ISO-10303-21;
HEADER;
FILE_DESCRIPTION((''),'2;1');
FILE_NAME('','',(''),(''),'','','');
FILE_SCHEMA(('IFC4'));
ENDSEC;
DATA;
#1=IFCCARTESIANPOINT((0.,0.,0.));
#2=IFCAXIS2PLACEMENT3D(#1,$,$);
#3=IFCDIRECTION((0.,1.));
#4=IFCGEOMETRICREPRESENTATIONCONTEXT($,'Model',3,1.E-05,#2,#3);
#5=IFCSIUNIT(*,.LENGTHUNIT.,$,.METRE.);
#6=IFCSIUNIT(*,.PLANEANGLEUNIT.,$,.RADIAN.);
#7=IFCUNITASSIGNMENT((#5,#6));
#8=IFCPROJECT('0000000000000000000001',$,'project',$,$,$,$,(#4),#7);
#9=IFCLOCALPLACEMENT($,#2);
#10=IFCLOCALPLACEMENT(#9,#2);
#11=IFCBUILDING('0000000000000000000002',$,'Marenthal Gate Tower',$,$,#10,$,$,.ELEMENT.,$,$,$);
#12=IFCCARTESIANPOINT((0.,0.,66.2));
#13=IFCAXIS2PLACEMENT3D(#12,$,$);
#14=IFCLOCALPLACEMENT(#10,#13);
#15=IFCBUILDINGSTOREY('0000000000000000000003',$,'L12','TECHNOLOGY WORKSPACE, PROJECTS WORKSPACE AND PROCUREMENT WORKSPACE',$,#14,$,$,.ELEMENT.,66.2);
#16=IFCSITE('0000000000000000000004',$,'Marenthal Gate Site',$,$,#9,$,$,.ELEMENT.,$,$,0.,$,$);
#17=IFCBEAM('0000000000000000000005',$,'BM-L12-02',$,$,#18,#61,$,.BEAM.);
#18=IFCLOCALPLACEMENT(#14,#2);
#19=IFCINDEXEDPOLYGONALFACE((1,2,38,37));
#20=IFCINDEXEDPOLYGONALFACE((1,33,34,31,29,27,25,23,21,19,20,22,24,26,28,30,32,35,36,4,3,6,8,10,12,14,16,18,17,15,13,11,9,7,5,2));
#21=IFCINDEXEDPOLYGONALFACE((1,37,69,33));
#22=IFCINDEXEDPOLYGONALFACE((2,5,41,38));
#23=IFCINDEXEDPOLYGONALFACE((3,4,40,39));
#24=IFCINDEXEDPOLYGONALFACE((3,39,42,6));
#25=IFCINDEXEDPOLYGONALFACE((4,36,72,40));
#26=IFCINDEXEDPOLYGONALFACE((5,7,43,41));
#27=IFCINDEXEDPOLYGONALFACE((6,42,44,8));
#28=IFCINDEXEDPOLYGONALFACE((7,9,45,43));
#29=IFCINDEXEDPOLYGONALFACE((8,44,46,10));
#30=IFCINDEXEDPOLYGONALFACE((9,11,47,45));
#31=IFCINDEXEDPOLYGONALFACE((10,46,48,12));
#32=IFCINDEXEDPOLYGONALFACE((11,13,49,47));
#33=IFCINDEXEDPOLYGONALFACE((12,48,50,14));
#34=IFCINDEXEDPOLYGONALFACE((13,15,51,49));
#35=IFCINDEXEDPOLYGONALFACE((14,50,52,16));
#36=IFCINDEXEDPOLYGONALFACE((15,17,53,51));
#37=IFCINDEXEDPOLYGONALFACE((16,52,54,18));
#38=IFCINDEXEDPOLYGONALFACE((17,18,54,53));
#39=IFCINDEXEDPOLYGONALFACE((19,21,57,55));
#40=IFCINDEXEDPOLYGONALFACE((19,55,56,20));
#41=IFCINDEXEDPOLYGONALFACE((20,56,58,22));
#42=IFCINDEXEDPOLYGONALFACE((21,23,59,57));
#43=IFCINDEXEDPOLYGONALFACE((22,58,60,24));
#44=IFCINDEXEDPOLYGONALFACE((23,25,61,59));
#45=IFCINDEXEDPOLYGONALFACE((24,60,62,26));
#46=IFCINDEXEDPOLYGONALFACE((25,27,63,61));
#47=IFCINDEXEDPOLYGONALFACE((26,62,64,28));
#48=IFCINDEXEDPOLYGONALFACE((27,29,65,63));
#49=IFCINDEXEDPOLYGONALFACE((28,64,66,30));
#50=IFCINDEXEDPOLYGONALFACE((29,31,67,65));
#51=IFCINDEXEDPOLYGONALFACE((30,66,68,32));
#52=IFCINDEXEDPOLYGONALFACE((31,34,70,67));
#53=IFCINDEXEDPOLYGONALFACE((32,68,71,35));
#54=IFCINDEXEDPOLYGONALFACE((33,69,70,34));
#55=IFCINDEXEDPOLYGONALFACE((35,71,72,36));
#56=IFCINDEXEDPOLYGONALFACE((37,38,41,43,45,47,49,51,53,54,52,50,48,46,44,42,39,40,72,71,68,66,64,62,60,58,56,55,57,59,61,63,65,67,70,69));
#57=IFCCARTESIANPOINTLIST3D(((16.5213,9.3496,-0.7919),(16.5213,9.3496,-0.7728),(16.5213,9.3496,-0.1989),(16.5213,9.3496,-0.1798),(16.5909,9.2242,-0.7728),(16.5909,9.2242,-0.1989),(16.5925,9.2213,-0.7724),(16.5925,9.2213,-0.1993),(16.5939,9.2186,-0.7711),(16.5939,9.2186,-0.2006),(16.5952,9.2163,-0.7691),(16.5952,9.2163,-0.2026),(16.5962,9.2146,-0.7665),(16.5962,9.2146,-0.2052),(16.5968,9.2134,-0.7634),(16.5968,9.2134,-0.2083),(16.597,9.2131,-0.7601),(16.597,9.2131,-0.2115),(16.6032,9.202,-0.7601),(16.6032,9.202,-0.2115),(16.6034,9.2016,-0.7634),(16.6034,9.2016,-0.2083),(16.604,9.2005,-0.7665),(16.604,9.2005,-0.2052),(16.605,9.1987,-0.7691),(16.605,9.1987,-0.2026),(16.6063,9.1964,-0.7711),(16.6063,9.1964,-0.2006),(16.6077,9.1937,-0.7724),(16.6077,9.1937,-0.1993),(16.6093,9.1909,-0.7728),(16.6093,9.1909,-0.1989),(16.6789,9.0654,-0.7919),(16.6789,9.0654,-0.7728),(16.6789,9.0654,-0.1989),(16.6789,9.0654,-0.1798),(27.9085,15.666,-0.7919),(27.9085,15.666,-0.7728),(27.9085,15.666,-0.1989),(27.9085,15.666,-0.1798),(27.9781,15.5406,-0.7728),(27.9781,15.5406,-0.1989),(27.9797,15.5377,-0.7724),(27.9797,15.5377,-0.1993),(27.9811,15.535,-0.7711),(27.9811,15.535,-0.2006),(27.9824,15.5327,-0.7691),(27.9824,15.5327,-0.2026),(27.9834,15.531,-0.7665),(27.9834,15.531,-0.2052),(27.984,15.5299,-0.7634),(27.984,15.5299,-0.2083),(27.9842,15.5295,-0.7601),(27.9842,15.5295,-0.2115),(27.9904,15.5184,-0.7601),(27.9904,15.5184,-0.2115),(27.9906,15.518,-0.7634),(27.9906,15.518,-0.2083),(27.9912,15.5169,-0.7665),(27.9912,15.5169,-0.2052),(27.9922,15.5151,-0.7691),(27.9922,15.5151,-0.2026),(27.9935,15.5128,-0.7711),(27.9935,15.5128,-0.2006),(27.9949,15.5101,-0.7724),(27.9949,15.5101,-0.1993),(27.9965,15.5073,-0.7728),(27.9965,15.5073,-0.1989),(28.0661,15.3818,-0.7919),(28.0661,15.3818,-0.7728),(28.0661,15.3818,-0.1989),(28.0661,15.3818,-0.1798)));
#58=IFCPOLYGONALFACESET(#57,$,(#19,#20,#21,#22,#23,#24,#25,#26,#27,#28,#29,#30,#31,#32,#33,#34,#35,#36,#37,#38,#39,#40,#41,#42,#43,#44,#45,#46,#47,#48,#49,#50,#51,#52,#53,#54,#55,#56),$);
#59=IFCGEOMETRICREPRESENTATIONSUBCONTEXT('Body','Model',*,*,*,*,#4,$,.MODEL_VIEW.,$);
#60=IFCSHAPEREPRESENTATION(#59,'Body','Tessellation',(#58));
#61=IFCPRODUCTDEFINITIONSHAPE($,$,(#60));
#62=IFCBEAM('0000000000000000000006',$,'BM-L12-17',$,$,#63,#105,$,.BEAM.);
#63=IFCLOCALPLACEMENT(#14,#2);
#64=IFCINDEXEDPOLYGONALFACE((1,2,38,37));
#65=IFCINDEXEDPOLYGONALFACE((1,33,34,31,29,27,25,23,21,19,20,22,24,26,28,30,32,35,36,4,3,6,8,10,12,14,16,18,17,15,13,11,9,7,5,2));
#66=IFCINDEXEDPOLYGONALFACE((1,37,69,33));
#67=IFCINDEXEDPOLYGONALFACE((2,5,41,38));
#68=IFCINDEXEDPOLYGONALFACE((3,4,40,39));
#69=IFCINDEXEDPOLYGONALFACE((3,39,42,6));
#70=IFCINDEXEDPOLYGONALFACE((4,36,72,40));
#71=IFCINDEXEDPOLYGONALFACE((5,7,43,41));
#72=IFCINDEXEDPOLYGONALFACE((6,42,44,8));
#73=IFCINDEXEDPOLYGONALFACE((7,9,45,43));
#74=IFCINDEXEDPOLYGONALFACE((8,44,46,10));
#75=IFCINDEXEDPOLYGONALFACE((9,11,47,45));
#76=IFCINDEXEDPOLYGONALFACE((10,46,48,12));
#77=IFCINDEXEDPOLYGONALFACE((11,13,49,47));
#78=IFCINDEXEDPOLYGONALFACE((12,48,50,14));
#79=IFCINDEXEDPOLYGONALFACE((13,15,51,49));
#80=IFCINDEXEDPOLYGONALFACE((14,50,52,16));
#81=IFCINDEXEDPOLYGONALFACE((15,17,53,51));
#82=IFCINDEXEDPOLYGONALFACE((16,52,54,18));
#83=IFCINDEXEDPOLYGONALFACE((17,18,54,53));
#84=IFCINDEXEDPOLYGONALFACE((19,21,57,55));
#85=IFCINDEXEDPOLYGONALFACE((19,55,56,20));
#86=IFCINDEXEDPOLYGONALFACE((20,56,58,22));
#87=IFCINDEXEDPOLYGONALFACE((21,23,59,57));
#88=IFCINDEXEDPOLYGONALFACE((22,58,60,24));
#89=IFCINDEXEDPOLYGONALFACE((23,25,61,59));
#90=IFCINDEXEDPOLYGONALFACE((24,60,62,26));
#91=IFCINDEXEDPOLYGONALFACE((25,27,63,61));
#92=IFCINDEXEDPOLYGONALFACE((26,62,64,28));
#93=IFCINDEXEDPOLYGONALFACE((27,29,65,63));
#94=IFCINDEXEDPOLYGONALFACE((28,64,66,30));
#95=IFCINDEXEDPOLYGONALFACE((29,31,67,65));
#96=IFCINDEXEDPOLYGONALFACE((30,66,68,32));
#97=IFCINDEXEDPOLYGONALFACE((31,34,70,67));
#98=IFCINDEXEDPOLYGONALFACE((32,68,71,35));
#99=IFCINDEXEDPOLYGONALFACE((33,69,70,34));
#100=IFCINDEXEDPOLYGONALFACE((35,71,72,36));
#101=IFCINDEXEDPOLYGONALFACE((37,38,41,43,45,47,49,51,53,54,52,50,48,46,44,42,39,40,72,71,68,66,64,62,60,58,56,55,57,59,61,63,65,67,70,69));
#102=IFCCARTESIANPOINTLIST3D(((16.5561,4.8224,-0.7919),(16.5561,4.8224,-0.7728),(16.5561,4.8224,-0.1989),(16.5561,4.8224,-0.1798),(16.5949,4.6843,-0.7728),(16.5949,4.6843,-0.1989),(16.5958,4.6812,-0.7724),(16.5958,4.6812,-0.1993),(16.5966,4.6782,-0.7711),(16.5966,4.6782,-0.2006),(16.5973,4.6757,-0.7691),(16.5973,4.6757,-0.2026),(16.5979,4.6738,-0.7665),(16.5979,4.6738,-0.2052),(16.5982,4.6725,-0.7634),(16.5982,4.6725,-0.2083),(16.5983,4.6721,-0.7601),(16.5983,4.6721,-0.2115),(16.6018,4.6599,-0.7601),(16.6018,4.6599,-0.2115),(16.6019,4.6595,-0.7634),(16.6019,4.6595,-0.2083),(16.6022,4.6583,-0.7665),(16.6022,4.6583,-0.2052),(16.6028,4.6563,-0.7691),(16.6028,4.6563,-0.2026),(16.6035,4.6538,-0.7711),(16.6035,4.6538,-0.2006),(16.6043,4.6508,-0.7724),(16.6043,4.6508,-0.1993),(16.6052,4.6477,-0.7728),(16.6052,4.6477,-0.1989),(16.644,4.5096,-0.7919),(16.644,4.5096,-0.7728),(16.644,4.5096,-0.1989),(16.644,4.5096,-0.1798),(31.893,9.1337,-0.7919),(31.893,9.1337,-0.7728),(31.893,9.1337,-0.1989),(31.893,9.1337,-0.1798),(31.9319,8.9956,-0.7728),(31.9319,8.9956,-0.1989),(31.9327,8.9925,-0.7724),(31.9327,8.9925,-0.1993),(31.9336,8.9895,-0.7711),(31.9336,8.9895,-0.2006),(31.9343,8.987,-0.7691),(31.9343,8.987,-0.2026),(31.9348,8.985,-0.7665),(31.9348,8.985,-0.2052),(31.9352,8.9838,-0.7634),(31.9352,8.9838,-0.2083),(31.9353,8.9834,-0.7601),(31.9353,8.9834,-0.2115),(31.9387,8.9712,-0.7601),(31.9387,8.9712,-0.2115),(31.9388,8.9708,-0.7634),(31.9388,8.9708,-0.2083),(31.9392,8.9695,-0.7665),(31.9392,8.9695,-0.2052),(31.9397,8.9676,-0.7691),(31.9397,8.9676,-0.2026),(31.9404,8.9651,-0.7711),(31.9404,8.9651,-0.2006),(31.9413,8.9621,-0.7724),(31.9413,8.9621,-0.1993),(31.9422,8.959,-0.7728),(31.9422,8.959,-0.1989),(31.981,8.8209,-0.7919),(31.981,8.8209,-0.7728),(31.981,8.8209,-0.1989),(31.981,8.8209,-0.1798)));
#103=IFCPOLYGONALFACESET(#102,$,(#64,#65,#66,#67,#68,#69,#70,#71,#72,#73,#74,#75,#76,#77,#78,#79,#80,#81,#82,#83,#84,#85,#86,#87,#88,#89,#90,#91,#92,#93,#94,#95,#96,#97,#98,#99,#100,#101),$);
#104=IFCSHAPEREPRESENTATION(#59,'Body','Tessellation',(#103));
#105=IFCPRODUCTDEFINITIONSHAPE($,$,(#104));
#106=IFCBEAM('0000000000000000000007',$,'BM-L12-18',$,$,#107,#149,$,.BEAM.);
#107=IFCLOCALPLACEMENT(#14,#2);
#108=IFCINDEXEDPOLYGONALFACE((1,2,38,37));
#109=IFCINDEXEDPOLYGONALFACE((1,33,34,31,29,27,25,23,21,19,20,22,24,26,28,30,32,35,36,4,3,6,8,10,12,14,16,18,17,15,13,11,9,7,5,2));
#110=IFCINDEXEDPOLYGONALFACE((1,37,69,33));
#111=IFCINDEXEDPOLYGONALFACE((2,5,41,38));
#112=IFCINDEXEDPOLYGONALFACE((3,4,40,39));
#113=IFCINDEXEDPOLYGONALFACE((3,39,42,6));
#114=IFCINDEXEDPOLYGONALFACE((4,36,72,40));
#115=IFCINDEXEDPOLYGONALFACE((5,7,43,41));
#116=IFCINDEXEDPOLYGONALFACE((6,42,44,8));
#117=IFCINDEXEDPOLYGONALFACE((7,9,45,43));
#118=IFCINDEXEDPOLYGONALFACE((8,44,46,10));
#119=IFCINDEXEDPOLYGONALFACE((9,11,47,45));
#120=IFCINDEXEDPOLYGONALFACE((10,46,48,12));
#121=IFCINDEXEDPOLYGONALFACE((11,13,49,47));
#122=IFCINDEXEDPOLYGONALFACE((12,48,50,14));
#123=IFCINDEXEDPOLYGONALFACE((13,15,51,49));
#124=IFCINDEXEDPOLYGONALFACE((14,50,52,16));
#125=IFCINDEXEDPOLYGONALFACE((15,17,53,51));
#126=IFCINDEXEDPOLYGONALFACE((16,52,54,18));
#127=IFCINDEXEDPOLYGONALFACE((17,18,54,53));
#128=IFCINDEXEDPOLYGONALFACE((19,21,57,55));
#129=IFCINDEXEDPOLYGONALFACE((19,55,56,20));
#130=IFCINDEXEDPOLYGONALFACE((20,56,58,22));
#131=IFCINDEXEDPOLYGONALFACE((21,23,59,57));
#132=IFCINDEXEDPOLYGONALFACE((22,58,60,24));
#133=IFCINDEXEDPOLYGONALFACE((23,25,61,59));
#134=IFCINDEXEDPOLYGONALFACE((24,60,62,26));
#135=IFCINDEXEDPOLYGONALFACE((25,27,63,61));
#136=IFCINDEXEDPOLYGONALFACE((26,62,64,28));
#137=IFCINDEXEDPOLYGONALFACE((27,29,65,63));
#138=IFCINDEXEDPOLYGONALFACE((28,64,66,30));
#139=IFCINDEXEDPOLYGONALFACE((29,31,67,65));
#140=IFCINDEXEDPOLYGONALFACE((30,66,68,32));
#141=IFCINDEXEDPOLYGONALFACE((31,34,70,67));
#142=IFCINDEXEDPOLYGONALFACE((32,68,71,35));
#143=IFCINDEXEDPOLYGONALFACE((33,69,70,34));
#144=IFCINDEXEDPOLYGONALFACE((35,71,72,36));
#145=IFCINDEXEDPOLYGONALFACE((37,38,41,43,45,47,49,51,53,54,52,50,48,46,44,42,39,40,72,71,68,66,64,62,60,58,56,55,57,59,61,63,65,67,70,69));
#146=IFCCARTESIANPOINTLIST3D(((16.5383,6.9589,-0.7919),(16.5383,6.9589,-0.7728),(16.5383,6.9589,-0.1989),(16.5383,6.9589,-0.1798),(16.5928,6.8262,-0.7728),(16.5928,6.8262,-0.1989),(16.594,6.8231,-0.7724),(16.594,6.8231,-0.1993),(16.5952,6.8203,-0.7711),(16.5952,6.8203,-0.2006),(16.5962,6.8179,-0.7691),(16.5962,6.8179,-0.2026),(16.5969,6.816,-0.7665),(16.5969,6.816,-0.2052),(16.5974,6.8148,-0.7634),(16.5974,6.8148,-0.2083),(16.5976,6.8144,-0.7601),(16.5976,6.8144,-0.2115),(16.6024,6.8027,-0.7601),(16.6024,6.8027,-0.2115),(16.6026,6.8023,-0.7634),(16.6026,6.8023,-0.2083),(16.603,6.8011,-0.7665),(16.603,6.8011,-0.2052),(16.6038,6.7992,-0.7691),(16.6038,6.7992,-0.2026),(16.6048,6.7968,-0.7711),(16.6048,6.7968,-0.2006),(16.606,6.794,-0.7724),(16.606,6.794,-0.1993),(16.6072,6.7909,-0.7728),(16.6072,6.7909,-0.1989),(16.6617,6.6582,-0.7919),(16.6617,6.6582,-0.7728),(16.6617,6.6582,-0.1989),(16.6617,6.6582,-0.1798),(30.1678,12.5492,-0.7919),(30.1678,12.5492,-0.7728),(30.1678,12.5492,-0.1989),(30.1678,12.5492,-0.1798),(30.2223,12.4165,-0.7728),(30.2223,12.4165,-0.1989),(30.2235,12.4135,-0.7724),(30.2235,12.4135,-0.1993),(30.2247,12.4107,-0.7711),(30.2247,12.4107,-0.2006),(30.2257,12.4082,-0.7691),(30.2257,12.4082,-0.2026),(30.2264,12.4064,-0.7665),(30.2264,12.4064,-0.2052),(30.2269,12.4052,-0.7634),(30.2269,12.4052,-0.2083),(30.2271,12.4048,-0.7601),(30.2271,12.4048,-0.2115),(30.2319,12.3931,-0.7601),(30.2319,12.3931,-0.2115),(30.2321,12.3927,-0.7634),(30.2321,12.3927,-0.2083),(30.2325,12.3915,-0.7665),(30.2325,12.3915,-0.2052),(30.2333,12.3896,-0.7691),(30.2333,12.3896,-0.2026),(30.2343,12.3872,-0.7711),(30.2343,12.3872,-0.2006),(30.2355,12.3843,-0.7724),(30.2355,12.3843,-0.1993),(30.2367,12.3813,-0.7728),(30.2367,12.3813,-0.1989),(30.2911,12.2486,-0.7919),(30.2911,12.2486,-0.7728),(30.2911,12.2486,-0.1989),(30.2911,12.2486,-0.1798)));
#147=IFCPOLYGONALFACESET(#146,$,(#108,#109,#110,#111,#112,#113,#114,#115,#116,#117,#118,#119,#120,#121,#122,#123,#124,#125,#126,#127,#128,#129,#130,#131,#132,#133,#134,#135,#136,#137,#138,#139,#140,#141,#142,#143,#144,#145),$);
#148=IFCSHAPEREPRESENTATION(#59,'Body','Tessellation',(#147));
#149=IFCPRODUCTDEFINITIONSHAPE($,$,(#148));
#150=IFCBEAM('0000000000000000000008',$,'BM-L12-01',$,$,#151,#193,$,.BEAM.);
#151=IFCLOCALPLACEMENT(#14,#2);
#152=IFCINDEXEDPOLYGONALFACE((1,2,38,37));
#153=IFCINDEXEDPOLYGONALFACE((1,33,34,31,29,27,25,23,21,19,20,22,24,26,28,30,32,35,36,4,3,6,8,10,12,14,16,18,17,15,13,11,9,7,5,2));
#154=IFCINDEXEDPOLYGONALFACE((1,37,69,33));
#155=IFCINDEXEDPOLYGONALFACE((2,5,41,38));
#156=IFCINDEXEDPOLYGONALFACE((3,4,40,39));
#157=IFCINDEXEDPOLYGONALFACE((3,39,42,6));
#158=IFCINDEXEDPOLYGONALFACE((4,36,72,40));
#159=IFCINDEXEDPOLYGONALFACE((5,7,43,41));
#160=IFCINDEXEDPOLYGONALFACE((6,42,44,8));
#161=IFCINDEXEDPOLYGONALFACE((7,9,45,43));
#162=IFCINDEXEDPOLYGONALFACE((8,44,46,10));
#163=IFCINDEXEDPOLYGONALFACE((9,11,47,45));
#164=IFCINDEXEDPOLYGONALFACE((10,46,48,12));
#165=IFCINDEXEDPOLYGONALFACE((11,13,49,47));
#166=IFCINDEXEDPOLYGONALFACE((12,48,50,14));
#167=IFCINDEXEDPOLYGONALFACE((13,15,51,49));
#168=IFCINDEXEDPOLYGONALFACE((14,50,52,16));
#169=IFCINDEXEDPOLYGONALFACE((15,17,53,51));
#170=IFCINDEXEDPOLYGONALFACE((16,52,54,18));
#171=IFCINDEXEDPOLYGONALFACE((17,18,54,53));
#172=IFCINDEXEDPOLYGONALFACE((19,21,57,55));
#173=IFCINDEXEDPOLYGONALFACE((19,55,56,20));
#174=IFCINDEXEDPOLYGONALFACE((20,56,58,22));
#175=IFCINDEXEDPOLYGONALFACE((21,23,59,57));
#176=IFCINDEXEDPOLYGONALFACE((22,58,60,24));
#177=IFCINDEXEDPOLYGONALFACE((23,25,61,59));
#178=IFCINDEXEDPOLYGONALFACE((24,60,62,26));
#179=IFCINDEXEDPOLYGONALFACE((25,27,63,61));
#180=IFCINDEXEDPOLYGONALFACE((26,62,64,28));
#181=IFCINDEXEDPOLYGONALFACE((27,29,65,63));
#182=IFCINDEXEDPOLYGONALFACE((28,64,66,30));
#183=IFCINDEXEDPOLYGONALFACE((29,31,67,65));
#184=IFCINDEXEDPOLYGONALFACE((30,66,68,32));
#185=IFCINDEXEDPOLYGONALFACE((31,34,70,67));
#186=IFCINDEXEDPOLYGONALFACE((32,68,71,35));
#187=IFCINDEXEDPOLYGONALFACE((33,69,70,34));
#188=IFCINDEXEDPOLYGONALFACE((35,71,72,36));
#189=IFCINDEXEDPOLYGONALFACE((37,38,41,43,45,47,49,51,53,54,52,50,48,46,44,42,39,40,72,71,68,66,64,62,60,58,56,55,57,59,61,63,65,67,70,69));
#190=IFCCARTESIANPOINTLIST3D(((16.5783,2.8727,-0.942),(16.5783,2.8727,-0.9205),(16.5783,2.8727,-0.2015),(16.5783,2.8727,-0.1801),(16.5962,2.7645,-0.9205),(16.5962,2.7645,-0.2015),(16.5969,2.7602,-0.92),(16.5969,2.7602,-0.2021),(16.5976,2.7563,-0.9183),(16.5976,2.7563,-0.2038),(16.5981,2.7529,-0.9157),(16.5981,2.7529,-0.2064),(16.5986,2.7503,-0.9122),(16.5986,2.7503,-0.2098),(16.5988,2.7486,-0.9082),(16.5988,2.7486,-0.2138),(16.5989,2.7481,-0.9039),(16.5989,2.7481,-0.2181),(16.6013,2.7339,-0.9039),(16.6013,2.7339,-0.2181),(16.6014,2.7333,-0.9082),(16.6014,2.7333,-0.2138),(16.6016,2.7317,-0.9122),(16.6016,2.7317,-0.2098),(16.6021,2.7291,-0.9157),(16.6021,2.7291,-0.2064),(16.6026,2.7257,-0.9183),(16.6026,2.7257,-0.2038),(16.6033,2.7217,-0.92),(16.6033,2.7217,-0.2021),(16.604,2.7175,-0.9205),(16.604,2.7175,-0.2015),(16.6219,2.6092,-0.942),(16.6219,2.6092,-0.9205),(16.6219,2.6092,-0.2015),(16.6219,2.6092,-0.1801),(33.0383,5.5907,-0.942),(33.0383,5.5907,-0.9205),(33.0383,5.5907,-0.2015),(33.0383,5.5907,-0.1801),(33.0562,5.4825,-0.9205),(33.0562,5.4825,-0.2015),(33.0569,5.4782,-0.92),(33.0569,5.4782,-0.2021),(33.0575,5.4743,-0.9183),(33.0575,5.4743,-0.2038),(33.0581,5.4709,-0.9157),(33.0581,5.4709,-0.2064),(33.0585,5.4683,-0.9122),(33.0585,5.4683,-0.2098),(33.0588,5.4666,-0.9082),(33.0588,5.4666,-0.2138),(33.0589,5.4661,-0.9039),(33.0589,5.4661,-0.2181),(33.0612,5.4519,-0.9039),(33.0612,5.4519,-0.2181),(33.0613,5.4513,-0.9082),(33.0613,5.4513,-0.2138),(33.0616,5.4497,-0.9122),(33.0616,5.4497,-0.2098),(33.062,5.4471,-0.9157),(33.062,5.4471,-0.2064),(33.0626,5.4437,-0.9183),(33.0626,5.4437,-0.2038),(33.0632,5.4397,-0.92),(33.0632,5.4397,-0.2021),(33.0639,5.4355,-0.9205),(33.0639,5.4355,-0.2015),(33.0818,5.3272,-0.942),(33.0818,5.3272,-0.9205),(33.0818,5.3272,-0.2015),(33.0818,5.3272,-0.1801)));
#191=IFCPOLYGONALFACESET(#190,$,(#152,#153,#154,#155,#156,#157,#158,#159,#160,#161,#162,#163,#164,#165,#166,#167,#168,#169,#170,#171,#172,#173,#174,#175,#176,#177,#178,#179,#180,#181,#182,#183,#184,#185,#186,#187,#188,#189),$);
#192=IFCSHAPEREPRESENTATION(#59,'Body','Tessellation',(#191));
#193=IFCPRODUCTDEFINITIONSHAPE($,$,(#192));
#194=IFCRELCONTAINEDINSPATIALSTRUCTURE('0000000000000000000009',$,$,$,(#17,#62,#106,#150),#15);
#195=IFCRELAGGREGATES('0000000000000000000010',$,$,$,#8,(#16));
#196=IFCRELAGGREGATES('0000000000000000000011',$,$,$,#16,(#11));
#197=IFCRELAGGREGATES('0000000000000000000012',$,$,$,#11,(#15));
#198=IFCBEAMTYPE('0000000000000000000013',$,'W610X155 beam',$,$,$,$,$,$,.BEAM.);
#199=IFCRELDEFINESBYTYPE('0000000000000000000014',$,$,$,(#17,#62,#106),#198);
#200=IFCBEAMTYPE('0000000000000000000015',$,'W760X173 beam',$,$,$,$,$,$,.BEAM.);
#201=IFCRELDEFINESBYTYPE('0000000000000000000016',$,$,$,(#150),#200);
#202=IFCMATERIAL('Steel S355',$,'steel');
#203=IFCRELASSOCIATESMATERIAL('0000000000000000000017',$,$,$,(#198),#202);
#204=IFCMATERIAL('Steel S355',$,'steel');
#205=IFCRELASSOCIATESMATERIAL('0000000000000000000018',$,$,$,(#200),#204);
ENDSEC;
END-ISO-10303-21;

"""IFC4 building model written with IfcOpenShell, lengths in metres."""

from ifc_helpers import new_model, si_unit, direction, frame, origin, origin_2d, place, context, subcontext, project, spatial, i_section, extrude, material, material_profile, profile_set, type_object, element, save


model = new_model("IFC4")

# Units and contexts
model_context = context("Model", 3, precision=1e-05, world=origin(), true_north=direction((0.0, 1.0)))
body_context = subcontext(model_context, "Body", "Model", "MODEL_VIEW")
ifc_project = project(units=[si_unit("LENGTHUNIT", "METRE"), si_unit("PLANEANGLEUNIT", "RADIAN")], contexts=[model_context])

# Site, building, storey
site_placement = place(None, origin())
site = spatial("IfcSite", under=ifc_project, at=site_placement, Name="Marenthal Gate Site", CompositionType="ELEMENT", RefElevation=0.0)
building_placement = place(site_placement, origin())
building = spatial("IfcBuilding", under=site, at=building_placement, Name="Marenthal Gate Tower", CompositionType="ELEMENT")
storey_placement = place(building_placement, frame((0.0, 0.0, 66.2)))
storey = spatial("IfcBuildingStorey", under=building, at=storey_placement, Name="L12", Description="TECHNOLOGY WORKSPACE, PROJECTS WORKSPACE AND PROCUREMENT WORKSPACE", CompositionType="ELEMENT", Elevation=66.2)

# Beams
ifc_material_1 = material(Name="Steel S355", Category="steel")
ifc_material_profile_1 = material_profile(ifc_material_1, i_section(OverallWidth=0.325, OverallDepth=0.6121, WebThickness=0.0127, FlangeThickness=0.019, FilletRadius=0.0127, at=origin_2d()), Name="W610X155")
ifc_profile_set_1 = profile_set([ifc_material_profile_1], Name="Steel S355")
beam_type_1 = type_object("IfcBeamType", Name="W610X155 beam", PredefinedType="BEAM", material=ifc_profile_set_1)
beam_1_placement = place(storey_placement, frame((27.9873, 15.5239, -0.4858), z_axis=(-0.874477, -0.485067, 0.0), x_axis=(0.485067, -0.874477, 0.0)))
element("IfcBeam", 1, at=beam_1_placement, inside=storey, type_object=beam_type_1, Name="BM-L12-02", PredefinedType="BEAM", context=body_context, shape_type="SweptSolid", body=[
    extrude(i_section(OverallWidth=0.325, OverallDepth=0.6121, WebThickness=0.0127, FlangeThickness=0.019, FilletRadius=0.0127, at=origin_2d()), origin(), (0.0, 0.0, 1.0), 13.0217),
])
beam_2_placement = place(storey_placement, frame((31.937, 8.9773, -0.4858), z_axis=(-0.962687, -0.270616, 0.0), x_axis=(0.270616, -0.962687, 0.0)))
element("IfcBeam", 2, at=beam_2_placement, inside=storey, type_object=beam_type_1, Name="BM-L12-17", PredefinedType="BEAM", context=body_context, shape_type="SweptSolid", body=[
    extrude(i_section(OverallWidth=0.325, OverallDepth=0.6121, WebThickness=0.0127, FlangeThickness=0.019, FilletRadius=0.0127, at=origin_2d()), origin(), (0.0, 0.0, 1.0), 15.9314),
])
beam_3_placement = place(storey_placement, frame((30.2295, 12.3989, -0.4858), z_axis=(-0.925198, -0.379486, 0.0), x_axis=(0.379486, -0.925198, 0.0)))
element("IfcBeam", 3, at=beam_3_placement, inside=storey, type_object=beam_type_1, Name="BM-L12-18", PredefinedType="BEAM", context=body_context, shape_type="SweptSolid", body=[
    extrude(i_section(OverallWidth=0.325, OverallDepth=0.6121, WebThickness=0.0127, FlangeThickness=0.019, FilletRadius=0.0127, at=origin_2d()), origin(), (0.0, 0.0, 1.0), 14.7314),
])
ifc_material_2 = material(Name="Steel S355", Category="steel")
ifc_material_profile_2 = material_profile(ifc_material_2, i_section(OverallWidth=0.2671, OverallDepth=0.762, WebThickness=0.0144, FlangeThickness=0.0215, FilletRadius=0.0166, at=origin_2d()), Name="W760X173")
ifc_profile_set_2 = profile_set([ifc_material_profile_2], Name="Steel S355")
beam_type_2 = type_object("IfcBeamType", Name="W760X173 beam", PredefinedType="BEAM", material=ifc_profile_set_2)
beam_4_placement = place(storey_placement, frame((33.0601, 5.459, -0.561), z_axis=(-0.986639, -0.162923, 0.0), x_axis=(0.162923, -0.986639, 0.0)))
element("IfcBeam", 4, at=beam_4_placement, inside=storey, type_object=beam_type_2, Name="BM-L12-01", PredefinedType="BEAM", context=body_context, shape_type="SweptSolid", body=[
    extrude(i_section(OverallWidth=0.2671, OverallDepth=0.762, WebThickness=0.0144, FlangeThickness=0.0215, FilletRadius=0.0166, at=origin_2d()), origin(), (0.0, 0.0, 1.0), 16.6829),
])

save(model, "model.ifc")
